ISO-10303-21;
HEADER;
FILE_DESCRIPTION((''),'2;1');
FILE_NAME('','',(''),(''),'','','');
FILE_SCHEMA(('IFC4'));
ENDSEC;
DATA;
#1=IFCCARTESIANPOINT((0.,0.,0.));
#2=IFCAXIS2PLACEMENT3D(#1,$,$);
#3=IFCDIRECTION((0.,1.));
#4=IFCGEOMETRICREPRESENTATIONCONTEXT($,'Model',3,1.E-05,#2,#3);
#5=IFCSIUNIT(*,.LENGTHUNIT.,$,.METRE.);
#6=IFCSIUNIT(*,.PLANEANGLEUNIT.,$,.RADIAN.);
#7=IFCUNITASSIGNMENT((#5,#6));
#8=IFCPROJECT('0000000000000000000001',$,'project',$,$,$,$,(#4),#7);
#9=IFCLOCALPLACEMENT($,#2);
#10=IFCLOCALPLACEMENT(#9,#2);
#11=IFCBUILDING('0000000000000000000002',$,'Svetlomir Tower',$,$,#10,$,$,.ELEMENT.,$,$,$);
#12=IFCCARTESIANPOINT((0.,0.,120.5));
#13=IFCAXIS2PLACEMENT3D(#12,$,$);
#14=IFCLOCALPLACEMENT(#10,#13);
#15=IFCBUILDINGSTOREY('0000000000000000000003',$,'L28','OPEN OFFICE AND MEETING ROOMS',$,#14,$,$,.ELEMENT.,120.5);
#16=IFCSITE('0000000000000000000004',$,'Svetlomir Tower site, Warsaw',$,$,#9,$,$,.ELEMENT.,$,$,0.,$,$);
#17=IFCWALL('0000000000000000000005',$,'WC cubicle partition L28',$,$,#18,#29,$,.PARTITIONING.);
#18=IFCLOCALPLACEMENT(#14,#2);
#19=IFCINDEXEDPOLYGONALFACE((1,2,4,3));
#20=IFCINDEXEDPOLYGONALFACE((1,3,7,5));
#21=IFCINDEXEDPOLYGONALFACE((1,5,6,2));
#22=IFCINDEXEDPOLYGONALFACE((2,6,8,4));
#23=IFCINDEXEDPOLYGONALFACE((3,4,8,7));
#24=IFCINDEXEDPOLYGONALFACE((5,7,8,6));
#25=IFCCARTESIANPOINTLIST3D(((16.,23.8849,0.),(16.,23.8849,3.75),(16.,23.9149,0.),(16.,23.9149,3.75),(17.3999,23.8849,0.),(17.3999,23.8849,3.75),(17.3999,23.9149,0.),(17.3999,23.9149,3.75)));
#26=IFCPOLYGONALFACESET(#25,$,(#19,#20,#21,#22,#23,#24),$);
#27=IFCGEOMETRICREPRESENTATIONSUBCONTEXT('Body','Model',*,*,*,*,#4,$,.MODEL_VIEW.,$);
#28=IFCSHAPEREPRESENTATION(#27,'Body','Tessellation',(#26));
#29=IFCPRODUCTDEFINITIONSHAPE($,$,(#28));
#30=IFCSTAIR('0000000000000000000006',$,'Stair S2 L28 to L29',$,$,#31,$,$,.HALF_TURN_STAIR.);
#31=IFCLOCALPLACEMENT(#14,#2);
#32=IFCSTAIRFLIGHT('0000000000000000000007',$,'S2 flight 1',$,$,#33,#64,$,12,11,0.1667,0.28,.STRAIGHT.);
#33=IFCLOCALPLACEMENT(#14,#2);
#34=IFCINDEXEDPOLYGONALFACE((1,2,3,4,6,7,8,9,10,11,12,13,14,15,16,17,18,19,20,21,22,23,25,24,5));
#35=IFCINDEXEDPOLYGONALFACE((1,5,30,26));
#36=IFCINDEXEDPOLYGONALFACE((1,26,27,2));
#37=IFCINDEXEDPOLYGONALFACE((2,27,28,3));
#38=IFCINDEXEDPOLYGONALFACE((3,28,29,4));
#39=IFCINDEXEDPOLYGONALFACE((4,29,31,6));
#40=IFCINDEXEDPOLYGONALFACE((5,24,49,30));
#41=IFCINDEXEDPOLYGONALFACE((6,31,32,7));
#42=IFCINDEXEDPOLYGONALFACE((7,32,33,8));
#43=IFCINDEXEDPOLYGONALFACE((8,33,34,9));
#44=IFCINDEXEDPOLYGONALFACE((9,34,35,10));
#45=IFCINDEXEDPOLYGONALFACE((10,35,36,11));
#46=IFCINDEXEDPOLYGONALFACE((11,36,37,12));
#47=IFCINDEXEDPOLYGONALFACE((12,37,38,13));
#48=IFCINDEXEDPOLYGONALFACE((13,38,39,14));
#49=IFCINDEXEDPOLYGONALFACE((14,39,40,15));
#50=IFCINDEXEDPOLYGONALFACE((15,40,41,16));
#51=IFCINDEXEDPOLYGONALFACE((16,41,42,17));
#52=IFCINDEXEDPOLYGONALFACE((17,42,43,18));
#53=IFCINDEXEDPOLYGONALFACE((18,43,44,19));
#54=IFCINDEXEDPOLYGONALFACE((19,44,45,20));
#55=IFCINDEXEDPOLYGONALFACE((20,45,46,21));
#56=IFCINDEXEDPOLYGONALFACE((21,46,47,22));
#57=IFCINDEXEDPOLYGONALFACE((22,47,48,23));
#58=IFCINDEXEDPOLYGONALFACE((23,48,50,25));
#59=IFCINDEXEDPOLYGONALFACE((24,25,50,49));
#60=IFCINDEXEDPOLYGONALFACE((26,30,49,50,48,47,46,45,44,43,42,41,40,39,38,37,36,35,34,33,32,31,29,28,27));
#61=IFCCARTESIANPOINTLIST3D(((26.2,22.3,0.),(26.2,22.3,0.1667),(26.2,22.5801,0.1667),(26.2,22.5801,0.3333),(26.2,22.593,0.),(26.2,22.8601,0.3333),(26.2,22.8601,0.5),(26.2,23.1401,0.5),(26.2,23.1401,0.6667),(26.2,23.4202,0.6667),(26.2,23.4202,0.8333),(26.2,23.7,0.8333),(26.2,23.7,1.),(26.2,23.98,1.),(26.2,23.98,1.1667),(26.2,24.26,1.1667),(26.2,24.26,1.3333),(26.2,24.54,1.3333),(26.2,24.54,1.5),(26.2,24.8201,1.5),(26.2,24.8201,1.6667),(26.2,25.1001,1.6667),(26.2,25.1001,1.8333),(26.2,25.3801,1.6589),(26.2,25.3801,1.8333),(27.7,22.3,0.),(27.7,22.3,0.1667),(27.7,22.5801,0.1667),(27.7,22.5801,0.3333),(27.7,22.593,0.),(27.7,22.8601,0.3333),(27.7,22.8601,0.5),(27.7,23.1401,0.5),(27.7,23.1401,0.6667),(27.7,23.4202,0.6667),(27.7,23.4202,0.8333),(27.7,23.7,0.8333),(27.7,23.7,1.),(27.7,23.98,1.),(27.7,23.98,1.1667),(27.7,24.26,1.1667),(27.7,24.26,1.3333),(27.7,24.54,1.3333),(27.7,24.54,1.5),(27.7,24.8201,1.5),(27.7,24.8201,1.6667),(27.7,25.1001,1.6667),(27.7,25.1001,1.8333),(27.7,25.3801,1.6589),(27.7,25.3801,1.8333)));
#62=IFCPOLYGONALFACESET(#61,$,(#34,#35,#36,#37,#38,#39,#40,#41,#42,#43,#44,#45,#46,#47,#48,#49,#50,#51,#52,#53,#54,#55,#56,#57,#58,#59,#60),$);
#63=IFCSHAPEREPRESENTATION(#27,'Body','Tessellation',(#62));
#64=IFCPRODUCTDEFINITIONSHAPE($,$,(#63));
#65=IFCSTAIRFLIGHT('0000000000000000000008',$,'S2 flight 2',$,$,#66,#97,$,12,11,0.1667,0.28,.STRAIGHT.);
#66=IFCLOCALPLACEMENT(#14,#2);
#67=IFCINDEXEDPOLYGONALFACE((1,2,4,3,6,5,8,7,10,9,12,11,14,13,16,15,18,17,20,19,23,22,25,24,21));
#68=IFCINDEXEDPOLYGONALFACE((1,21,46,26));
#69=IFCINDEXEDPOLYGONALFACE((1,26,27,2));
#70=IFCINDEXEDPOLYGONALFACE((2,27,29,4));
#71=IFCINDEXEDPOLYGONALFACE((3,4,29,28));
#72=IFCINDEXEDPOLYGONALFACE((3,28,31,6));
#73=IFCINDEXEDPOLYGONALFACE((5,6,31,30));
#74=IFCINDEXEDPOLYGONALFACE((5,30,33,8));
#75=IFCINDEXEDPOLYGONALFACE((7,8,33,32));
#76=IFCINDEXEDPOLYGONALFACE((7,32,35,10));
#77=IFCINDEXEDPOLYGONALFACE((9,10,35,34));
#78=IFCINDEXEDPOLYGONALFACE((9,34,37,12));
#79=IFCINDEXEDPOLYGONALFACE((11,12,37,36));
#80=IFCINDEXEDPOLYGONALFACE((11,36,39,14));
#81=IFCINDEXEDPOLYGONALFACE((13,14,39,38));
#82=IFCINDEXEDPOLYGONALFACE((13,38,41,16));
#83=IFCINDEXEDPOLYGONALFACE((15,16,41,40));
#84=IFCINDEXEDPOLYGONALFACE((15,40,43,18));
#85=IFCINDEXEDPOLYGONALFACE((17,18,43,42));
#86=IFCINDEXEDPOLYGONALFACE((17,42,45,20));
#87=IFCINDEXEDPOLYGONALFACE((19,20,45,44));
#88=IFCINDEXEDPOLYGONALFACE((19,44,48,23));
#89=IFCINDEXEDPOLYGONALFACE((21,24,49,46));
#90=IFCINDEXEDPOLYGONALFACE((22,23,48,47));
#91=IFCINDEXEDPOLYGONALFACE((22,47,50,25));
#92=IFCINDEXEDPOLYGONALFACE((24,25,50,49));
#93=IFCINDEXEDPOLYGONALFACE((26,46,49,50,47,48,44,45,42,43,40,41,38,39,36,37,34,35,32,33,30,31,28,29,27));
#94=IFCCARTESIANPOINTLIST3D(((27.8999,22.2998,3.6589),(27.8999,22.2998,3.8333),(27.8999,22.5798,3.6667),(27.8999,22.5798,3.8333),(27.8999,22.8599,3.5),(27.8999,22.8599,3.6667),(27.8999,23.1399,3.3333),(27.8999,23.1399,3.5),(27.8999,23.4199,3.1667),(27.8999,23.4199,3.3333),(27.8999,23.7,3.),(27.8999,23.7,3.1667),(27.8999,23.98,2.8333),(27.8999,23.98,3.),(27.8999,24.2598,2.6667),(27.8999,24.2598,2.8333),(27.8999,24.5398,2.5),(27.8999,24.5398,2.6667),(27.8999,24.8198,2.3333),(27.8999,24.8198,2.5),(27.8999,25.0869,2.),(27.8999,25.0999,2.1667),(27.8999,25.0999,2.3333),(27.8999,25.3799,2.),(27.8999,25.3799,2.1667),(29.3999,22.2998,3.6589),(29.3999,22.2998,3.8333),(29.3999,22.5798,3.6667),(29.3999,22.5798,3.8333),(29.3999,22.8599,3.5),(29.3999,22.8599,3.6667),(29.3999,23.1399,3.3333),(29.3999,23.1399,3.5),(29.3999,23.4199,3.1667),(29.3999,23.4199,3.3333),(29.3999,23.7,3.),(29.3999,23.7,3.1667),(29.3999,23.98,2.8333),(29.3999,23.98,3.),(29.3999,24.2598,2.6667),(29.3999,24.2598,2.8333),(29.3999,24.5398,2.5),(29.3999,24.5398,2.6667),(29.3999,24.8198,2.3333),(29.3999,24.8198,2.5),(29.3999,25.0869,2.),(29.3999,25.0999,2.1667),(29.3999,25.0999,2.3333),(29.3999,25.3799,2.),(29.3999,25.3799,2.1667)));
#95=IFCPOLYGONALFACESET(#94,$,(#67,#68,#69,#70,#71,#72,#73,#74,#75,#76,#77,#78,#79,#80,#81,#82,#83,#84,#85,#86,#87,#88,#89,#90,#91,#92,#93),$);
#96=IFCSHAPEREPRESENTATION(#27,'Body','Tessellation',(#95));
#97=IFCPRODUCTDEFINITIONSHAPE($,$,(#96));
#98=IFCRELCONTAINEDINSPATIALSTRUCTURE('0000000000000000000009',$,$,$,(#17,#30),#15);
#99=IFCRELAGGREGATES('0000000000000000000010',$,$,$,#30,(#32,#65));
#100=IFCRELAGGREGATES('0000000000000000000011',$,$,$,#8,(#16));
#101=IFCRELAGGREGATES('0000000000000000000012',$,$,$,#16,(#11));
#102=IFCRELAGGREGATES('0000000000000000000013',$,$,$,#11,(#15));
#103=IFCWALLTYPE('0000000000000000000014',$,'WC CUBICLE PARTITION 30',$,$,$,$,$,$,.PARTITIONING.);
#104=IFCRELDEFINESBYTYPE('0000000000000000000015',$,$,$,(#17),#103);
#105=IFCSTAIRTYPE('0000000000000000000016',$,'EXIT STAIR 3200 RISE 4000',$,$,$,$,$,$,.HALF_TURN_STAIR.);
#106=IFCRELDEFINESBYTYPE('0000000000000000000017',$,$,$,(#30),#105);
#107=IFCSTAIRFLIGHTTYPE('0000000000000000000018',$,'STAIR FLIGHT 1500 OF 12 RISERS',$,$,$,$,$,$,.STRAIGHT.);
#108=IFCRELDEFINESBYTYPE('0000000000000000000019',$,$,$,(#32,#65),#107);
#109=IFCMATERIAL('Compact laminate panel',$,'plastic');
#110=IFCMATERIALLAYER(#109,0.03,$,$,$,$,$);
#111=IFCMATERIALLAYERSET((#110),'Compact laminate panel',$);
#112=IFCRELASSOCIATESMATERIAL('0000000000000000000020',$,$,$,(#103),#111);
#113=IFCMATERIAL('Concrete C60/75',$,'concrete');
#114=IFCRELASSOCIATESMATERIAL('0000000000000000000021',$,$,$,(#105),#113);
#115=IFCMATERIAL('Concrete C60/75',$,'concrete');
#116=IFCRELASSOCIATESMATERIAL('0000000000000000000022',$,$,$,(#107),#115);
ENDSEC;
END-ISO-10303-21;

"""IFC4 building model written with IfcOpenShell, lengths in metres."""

from ifc_helpers import new_model, si_unit, direction, frame, frame_2d, origin, place, context, subcontext, project, spatial, polyline, rectangle, outline, extrude, material, layer, layer_set, type_object, element, aggregate, save


model = new_model("IFC4")

# Units and contexts
model_context = context("Model", 3, precision=1e-05, world=origin(), true_north=direction((0.0, 1.0)))
body_context = subcontext(model_context, "Body", "Model", "MODEL_VIEW")
ifc_project = project(units=[si_unit("LENGTHUNIT", "METRE"), si_unit("PLANEANGLEUNIT", "RADIAN")], contexts=[model_context])

# Site, building, storey
site_placement = place(None, origin())
site = spatial("IfcSite", under=ifc_project, at=site_placement, Name="Svetlomir Tower site, Warsaw", CompositionType="ELEMENT", RefElevation=0.0)
building_placement = place(site_placement, origin())
building = spatial("IfcBuilding", under=site, at=building_placement, Name="Svetlomir Tower", CompositionType="ELEMENT")
storey_placement = place(building_placement, frame((0.0, 0.0, 120.5)))
storey = spatial("IfcBuildingStorey", under=building, at=storey_placement, Name="L28", Description="OPEN OFFICE AND MEETING ROOMS", CompositionType="ELEMENT", Elevation=120.5)

# Wall
ifc_material_1 = material(Name="Compact laminate panel", Category="plastic")
ifc_layer_1 = layer(ifc_material_1, 0.03)
ifc_layer_set_1 = layer_set([ifc_layer_1], Name="Compact laminate panel")
wall_type_1 = type_object("IfcWallType", Name="WC CUBICLE PARTITION 30", PredefinedType="PARTITIONING", material=ifc_layer_set_1)
wall_1_placement = place(storey_placement, frame((16.0, 23.8999, 0.0), z_axis=(0.0, 0.0, 1.0), x_axis=(1.0, 0.0, 0.0)))
element("IfcWall", 1, at=wall_1_placement, inside=storey, type_object=wall_type_1, Name="WC cubicle partition L28", PredefinedType="PARTITIONING", context=body_context, shape_type="SweptSolid", body=[
    extrude(rectangle(XDim=1.3999, YDim=0.03, at=frame_2d((0.7, 0.0))), origin(), (0.0, 0.0, 1.0), 3.75),
])

# Stair, stair flights
ifc_material_2 = material(Name="Concrete C60/75", Category="concrete")
stair_type = type_object("IfcStairType", Name="EXIT STAIR 3200 RISE 4000", PredefinedType="HALF_TURN_STAIR", material=ifc_material_2)
stair_placement = place(storey_placement, origin())
stair = element("IfcStair", 2, at=stair_placement, inside=storey, type_object=stair_type, Name="Stair S2 L28 to L29", PredefinedType="HALF_TURN_STAIR")
ifc_material_3 = material(Name="Concrete C60/75", Category="concrete")
stair_flight_type = type_object("IfcStairFlightType", Name="STAIR FLIGHT 1500 OF 12 RISERS", PredefinedType="STRAIGHT", material=ifc_material_3)
stair_flight_1_placement = place(storey_placement, frame((26.95, 22.3, 0.0), z_axis=(0.0, 0.0, 1.0), x_axis=(0.0, 1.0, 0.0)))
stair_flight_1 = element("IfcStairFlight", 3, at=stair_flight_1_placement, type_object=stair_flight_type, Name="S2 flight 1", NumberOfRisers=12, NumberOfTreads=11, PredefinedType="STRAIGHT", RiserHeight=0.1667, TreadLength=0.28, context=body_context, shape_type="SweptSolid", body=[
    extrude(outline(polyline([(0.0, 0.0), (0.0, 0.1667), (0.28, 0.1667), (0.28, 0.3333), (0.5601, 0.3333), (0.5601, 0.5), (0.8401, 0.5), (0.8401, 0.6667), (1.1201, 0.6667), (1.1201, 0.8333), (1.3999, 0.8333), (1.3999, 1.0), (1.6799, 1.0), (1.6799, 1.1667), (1.96, 1.1667), (1.96, 1.3333), (2.24, 1.3333), (2.24, 1.5), (2.52, 1.5), (2.52, 1.6667), (2.8, 1.6667), (2.8, 1.8333), (3.0801, 1.8333), (3.0801, 2.0), (3.0801, 1.6589), (0.293, 0.0), (0.0, 0.0)])), frame((0.0, 0.75, 0.0), z_axis=(0.0, -1.0, 0.0), x_axis=(1.0, 0.0, 0.0)), (0.0, 0.0, 1.0), 1.5),
])
stair_flight_2_placement = place(storey_placement, frame((28.6499, 25.3799, 2.0), z_axis=(0.0, 0.0, 1.0), x_axis=(0.0, -1.0, 0.0)))
stair_flight_2 = element("IfcStairFlight", 4, at=stair_flight_2_placement, type_object=stair_flight_type, Name="S2 flight 2", NumberOfRisers=12, NumberOfTreads=11, PredefinedType="STRAIGHT", RiserHeight=0.1667, TreadLength=0.28, context=body_context, shape_type="SweptSolid", body=[
    extrude(outline(polyline([(0.0, 0.0), (0.0, 0.1667), (0.28, 0.1667), (0.28, 0.3333), (0.5601, 0.3333), (0.5601, 0.5), (0.8401, 0.5), (0.8401, 0.6667), (1.1201, 0.6667), (1.1201, 0.8333), (1.3999, 0.8333), (1.3999, 1.0), (1.6799, 1.0), (1.6799, 1.1667), (1.96, 1.1667), (1.96, 1.3333), (2.24, 1.3333), (2.24, 1.5), (2.52, 1.5), (2.52, 1.6667), (2.8, 1.6667), (2.8, 1.8333), (3.0801, 1.8333), (3.0801, 2.0), (3.0801, 1.6589), (0.293, 0.0), (0.0, 0.0)])), frame((0.0, 0.75, 0.0), z_axis=(0.0, -1.0, 0.0), x_axis=(1.0, 0.0, 0.0)), (0.0, 0.0, 1.0), 1.5),
])
aggregate(stair, [stair_flight_1, stair_flight_2])

save(model, "model.ifc")
